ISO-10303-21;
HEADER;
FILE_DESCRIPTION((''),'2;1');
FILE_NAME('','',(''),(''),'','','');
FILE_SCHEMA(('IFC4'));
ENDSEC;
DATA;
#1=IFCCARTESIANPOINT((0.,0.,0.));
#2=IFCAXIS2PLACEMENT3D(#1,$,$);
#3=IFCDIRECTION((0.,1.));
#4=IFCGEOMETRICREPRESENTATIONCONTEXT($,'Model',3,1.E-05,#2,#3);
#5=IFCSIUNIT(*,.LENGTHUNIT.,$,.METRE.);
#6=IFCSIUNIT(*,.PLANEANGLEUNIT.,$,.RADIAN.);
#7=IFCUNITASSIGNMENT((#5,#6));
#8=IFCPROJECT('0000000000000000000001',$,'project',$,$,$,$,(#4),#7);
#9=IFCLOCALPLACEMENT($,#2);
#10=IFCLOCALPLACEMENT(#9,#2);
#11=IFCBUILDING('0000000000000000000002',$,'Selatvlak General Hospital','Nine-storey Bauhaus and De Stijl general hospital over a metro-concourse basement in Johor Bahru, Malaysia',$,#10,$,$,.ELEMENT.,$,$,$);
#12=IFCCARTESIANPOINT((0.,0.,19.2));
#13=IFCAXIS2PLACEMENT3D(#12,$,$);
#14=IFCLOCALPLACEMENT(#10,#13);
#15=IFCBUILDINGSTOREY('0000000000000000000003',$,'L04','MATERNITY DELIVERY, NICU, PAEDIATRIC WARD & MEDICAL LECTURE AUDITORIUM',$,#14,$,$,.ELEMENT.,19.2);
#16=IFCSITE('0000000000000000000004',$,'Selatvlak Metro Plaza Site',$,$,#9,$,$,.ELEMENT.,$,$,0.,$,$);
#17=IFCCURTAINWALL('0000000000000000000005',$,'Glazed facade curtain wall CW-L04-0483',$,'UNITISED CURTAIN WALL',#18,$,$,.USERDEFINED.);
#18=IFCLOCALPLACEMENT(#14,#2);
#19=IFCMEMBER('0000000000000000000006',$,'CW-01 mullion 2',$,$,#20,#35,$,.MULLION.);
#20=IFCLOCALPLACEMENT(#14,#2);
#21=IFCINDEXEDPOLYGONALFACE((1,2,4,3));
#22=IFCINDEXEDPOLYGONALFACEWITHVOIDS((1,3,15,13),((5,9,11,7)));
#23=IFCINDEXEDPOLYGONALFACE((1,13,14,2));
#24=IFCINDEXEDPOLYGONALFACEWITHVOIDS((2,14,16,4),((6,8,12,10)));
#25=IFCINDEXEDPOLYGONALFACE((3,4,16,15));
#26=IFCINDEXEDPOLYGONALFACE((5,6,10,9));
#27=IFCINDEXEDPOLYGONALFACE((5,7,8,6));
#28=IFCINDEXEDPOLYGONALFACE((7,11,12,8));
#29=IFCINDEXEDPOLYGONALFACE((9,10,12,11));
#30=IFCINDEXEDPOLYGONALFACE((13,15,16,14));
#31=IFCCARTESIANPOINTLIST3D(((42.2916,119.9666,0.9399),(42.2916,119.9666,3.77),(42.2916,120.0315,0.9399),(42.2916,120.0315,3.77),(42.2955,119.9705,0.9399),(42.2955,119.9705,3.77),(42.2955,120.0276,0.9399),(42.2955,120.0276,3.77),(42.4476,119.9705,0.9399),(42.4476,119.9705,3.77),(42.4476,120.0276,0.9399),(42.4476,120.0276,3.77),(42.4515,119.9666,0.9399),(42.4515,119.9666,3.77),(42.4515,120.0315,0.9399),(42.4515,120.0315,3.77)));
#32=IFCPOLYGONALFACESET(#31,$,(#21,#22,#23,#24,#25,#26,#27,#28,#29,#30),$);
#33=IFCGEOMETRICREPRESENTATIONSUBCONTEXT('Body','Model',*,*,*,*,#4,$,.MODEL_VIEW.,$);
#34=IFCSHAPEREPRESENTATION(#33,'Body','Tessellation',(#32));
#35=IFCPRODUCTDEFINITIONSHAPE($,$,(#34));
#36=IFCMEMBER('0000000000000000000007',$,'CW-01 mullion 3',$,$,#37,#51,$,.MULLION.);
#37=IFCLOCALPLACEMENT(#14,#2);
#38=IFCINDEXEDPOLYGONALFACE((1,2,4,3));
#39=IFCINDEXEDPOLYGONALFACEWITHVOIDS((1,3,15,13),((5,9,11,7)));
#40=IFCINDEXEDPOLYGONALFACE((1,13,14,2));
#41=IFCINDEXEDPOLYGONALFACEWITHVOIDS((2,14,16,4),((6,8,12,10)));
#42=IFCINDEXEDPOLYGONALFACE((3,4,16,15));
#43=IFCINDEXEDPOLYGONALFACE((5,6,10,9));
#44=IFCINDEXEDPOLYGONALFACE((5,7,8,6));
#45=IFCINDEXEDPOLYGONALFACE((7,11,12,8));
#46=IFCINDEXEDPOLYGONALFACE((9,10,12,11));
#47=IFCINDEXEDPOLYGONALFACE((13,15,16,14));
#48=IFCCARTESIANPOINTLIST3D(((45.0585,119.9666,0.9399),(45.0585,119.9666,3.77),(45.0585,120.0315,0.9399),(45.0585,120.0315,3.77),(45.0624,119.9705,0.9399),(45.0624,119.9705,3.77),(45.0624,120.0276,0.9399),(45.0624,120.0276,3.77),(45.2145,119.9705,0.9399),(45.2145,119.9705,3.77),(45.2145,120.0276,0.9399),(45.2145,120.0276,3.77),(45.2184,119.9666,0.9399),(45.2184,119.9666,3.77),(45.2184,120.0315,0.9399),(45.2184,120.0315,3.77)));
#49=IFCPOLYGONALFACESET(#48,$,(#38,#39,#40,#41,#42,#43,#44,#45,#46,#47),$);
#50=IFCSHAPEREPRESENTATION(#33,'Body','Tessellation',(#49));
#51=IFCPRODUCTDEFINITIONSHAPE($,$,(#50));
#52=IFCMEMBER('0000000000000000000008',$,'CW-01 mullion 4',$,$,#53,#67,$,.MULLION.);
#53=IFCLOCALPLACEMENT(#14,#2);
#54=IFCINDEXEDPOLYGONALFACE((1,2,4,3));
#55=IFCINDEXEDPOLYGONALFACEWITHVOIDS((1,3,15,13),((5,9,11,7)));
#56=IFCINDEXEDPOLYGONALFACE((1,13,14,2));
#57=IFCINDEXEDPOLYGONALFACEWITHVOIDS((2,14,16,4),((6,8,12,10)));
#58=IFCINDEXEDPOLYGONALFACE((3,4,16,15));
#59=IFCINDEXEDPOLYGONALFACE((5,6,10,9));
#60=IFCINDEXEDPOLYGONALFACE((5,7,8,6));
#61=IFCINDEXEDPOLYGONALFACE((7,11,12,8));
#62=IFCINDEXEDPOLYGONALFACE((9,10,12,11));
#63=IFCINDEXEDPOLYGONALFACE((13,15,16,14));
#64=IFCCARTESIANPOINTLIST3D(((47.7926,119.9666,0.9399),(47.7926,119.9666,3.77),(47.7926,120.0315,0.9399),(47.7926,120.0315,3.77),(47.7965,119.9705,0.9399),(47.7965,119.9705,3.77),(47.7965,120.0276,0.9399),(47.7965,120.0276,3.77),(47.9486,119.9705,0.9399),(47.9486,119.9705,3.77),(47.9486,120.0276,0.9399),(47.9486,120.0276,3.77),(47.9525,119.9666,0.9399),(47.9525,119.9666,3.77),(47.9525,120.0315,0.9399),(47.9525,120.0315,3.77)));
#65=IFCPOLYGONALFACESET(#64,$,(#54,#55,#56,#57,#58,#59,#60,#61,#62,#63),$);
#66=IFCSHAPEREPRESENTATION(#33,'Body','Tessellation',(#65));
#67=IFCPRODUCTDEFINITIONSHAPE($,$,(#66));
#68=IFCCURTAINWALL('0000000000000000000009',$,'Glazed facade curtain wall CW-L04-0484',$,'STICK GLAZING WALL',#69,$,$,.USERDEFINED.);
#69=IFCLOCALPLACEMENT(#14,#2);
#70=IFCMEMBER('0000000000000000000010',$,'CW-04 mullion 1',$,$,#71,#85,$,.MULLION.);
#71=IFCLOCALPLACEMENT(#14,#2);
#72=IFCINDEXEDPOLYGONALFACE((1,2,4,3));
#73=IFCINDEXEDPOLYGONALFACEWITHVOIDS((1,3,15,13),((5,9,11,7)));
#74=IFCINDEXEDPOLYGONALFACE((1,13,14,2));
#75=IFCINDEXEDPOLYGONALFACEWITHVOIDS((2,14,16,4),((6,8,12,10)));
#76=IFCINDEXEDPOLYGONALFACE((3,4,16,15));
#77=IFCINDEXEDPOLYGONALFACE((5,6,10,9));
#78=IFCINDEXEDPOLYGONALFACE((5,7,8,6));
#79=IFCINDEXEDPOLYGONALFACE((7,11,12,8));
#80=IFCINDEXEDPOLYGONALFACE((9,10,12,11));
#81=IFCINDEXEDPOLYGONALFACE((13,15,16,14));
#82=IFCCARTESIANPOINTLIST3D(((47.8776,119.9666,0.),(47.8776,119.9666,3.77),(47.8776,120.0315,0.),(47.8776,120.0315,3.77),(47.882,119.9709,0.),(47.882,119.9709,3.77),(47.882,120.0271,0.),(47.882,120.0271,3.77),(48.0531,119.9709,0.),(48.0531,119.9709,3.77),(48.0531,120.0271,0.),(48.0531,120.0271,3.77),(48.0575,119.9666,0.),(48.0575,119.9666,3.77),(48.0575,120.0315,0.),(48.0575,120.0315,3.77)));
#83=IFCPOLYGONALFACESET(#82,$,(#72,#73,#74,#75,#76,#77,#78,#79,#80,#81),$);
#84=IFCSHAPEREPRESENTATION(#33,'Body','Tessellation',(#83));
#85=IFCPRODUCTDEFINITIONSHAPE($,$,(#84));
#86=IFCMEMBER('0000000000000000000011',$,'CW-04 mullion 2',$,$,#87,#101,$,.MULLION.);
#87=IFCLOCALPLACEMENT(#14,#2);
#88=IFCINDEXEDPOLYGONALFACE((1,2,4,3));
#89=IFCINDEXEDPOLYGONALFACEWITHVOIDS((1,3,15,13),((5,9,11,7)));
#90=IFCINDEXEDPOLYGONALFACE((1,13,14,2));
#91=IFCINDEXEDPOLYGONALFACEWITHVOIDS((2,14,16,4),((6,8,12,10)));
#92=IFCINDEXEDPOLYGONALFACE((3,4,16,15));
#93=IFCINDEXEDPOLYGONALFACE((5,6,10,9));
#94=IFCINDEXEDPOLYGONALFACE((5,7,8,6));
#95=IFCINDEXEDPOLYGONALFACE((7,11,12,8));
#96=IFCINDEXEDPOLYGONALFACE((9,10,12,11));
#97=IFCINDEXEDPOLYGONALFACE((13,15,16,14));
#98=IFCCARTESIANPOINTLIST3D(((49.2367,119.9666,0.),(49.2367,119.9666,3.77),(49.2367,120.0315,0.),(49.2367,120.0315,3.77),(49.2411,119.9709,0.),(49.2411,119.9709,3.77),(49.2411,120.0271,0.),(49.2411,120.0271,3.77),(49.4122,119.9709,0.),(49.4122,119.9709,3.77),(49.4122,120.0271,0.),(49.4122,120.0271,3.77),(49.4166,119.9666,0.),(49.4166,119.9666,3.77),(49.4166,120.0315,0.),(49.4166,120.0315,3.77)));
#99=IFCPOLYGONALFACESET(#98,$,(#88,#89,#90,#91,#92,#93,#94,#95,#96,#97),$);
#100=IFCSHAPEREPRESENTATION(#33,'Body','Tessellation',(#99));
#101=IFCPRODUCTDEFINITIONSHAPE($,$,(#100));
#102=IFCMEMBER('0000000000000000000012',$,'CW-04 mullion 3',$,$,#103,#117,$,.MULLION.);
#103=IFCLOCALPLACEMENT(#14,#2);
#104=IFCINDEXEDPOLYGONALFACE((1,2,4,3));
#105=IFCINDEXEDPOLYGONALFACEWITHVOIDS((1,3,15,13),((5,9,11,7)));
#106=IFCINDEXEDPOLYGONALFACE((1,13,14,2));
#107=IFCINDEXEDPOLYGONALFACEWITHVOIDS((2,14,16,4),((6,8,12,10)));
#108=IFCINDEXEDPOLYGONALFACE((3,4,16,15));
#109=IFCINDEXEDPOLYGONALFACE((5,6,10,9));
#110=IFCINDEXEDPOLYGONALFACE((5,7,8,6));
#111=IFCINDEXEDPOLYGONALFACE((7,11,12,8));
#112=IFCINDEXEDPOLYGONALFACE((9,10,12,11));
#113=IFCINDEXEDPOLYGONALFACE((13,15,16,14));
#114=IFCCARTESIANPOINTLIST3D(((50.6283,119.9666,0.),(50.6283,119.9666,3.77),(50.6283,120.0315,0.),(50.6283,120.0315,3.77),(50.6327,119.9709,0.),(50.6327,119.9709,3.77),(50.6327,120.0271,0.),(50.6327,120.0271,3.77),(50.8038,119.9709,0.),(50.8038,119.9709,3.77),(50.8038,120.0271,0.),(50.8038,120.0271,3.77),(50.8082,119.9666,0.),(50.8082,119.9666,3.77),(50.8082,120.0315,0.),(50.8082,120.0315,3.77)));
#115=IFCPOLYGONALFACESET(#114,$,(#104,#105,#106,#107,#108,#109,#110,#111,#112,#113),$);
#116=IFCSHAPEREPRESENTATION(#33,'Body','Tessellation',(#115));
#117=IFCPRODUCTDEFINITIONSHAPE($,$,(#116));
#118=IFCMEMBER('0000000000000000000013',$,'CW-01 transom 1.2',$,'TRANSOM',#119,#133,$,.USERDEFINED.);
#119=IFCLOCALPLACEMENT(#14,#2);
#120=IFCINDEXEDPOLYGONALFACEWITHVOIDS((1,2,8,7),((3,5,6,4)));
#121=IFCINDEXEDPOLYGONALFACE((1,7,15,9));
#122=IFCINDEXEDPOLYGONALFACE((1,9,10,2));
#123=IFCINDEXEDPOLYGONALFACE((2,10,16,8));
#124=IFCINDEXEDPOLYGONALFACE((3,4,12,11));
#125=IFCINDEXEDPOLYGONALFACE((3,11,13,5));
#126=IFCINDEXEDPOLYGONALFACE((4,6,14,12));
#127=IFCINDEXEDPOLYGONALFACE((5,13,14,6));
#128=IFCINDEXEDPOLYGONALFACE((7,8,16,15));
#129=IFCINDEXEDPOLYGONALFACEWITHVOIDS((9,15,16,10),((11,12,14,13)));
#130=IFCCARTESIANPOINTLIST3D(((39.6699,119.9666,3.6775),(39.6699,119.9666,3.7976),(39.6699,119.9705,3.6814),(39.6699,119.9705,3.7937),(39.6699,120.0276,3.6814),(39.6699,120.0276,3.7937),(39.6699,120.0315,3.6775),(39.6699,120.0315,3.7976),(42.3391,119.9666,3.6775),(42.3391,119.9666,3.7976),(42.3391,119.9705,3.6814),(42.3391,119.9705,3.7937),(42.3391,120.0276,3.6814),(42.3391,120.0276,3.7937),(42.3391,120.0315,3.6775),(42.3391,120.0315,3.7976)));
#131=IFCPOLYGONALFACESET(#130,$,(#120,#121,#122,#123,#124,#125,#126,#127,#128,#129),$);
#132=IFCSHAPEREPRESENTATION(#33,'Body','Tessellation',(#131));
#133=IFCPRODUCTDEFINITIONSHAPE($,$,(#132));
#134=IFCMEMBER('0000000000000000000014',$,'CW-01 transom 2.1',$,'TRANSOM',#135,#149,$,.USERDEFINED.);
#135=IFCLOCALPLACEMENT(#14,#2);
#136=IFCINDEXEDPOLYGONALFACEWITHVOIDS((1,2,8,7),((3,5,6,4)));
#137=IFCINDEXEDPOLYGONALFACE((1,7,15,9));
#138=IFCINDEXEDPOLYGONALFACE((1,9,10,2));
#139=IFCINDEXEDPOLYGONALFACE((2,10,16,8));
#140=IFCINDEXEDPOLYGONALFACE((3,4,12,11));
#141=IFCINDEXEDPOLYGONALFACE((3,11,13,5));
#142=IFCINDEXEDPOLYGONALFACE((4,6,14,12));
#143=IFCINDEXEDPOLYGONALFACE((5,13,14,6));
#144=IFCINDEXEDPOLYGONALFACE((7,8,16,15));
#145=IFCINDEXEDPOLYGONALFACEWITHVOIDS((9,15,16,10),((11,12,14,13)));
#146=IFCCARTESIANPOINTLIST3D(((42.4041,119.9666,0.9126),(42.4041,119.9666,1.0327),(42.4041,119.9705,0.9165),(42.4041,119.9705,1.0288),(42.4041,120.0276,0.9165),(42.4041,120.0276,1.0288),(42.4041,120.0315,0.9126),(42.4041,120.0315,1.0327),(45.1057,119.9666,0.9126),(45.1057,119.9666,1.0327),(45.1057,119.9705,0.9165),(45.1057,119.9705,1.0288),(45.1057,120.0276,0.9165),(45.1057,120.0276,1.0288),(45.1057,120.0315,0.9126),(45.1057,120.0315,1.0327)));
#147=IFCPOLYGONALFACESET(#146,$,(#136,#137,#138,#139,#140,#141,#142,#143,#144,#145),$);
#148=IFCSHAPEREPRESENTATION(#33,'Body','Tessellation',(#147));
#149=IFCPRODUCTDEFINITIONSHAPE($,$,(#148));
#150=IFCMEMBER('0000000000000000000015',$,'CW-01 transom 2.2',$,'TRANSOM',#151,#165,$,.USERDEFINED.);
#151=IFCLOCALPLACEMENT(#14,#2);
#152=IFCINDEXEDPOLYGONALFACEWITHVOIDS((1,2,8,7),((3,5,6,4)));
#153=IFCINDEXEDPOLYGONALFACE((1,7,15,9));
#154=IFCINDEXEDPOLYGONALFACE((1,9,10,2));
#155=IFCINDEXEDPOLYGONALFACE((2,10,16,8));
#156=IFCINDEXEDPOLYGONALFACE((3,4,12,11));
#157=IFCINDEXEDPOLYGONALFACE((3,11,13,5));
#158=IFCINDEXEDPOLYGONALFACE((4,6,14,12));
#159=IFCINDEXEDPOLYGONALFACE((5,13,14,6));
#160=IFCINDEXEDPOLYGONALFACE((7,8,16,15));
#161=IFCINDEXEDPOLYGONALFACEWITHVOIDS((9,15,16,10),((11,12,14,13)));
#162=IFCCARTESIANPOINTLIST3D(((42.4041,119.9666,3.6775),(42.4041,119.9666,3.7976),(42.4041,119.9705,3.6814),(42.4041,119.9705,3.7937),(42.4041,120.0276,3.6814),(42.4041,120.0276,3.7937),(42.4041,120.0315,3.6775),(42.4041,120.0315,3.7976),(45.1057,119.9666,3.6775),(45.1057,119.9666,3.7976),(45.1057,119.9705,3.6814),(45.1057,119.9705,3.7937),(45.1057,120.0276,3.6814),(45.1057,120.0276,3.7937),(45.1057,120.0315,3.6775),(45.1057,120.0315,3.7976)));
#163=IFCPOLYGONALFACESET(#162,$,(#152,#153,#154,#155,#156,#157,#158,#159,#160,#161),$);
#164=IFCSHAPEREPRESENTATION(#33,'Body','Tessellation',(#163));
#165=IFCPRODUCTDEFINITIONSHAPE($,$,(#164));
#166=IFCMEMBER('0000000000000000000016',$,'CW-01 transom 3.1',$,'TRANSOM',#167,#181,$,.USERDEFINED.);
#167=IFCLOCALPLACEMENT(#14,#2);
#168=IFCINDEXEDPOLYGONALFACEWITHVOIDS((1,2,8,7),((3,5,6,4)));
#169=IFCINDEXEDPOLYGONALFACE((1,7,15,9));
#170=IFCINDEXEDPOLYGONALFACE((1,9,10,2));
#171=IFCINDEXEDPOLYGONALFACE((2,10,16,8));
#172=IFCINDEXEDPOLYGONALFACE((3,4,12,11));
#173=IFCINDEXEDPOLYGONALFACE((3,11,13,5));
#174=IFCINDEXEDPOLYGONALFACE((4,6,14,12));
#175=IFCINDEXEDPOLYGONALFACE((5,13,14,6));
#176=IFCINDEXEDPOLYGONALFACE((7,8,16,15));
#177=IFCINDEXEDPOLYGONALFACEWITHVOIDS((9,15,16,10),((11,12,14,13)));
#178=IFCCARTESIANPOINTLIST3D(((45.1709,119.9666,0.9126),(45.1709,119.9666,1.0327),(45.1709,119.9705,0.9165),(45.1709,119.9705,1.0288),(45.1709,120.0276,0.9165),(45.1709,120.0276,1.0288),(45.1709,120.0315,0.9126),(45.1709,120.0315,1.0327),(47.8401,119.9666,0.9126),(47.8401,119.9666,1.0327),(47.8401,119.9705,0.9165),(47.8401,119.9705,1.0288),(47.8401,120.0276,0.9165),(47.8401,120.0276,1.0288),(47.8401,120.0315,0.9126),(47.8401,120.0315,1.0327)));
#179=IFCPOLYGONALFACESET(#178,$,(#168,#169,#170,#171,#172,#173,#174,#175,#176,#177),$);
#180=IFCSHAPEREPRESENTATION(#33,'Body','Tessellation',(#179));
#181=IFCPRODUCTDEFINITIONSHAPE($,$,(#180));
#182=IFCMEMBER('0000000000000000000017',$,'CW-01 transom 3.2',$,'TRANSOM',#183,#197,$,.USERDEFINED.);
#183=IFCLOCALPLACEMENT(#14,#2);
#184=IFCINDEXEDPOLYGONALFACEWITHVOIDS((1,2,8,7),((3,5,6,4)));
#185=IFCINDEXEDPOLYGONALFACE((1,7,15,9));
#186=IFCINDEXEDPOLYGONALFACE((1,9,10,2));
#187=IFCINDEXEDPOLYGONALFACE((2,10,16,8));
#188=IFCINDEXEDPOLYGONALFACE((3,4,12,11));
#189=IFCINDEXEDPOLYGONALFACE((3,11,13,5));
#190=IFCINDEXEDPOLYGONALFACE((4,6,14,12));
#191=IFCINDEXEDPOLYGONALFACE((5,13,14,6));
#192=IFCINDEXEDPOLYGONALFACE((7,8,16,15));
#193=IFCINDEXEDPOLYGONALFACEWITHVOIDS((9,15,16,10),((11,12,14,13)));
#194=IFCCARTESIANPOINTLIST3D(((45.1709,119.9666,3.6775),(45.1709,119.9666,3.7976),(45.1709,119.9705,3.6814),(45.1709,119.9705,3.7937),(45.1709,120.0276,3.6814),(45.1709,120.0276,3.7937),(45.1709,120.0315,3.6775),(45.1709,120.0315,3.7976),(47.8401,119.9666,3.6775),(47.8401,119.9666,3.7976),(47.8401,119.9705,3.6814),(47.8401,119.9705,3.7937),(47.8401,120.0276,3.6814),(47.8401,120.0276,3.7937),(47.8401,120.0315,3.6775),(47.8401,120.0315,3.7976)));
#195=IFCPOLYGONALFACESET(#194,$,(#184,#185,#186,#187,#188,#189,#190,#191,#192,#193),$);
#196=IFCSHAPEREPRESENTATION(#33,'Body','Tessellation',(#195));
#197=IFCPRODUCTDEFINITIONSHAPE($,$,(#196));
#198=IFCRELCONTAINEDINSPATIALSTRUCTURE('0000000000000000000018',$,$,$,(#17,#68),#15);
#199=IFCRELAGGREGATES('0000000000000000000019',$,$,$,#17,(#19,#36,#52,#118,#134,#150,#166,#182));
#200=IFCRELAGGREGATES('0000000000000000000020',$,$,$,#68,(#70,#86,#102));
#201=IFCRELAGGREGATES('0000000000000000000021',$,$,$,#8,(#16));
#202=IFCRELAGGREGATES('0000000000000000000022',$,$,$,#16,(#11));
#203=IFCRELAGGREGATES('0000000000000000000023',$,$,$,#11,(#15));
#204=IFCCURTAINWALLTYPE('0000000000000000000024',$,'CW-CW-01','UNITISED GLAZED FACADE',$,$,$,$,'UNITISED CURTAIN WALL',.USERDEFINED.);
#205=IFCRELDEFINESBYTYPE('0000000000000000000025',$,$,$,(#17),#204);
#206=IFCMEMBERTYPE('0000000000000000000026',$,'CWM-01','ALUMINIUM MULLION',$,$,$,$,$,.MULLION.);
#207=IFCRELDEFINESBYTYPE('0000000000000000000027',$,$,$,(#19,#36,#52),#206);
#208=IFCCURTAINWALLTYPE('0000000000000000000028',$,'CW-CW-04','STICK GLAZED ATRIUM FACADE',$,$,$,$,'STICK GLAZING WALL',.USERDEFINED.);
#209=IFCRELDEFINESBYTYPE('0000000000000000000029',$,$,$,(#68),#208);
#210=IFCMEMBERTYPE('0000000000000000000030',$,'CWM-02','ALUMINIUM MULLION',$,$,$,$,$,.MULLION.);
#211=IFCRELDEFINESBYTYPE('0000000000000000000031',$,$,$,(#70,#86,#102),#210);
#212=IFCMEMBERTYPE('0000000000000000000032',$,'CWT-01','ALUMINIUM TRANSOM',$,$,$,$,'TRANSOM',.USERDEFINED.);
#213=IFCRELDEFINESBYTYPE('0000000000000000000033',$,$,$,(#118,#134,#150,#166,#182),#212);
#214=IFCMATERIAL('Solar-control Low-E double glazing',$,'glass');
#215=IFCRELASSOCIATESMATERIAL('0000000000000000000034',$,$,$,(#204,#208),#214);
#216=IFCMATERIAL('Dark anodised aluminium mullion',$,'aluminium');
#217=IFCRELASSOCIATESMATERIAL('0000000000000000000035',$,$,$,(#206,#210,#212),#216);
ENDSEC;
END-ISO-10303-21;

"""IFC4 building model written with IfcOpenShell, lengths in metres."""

from ifc_helpers import new_model, si_unit, direction, frame, origin, origin_2d, place, context, subcontext, project, spatial, hollow_rectangle, extrude, material, material_profile, profile_set, type_object, element, aggregate, save


model = new_model("IFC4")

# Units and contexts
model_context = context("Model", 3, precision=1e-05, world=origin(), true_north=direction((0.0, 1.0)))
body_context = subcontext(model_context, "Body", "Model", "MODEL_VIEW")
ifc_project = project(units=[si_unit("LENGTHUNIT", "METRE"), si_unit("PLANEANGLEUNIT", "RADIAN")], contexts=[model_context])

# Site, building, storey
site_placement = place(None, origin())
site = spatial("IfcSite", under=ifc_project, at=site_placement, Name="Selatvlak Metro Plaza Site", CompositionType="ELEMENT", RefElevation=0.0)
building_placement = place(site_placement, origin())
building = spatial("IfcBuilding", under=site, at=building_placement, Name="Selatvlak General Hospital", Description="Nine-storey Bauhaus and De Stijl general hospital over a metro-concourse basement in Johor Bahru, Malaysia", CompositionType="ELEMENT")
storey_placement = place(building_placement, frame((0.0, 0.0, 19.2)))
storey = spatial("IfcBuildingStorey", under=building, at=storey_placement, Name="L04", Description="MATERNITY DELIVERY, NICU, PAEDIATRIC WARD & MEDICAL LECTURE AUDITORIUM", CompositionType="ELEMENT", Elevation=19.2)

# Curtain walls, members
ifc_material_1 = material(Name="Solar-control Low-E double glazing", Category="glass")
curtain_wall_type_1 = type_object("IfcCurtainWallType", Name="CW-CW-01", Description="UNITISED GLAZED FACADE", ElementType="UNITISED CURTAIN WALL", PredefinedType="USERDEFINED", material=ifc_material_1)
curtain_wall_1_placement = place(storey_placement, origin())
curtain_wall_1 = element("IfcCurtainWall", 1, at=curtain_wall_1_placement, inside=storey, type_object=curtain_wall_type_1, Name="Glazed facade curtain wall CW-L04-0483", ObjectType="UNITISED CURTAIN WALL", PredefinedType="USERDEFINED")
ifc_material_2 = material(Name="Dark anodised aluminium mullion", Category="aluminium")
ifc_material_profile_1 = material_profile(ifc_material_2, hollow_rectangle(XDim=0.0649, YDim=0.1599, WallThickness=0.0039, at=origin_2d()), Name="AL-MUL 65x160x4")
ifc_profile_set_1 = profile_set([ifc_material_profile_1], Name="Dark anodised aluminium mullion")
member_type_1 = type_object("IfcMemberType", Name="CWM-01", Description="ALUMINIUM MULLION", PredefinedType="MULLION", material=ifc_profile_set_1)
member_1_placement = place(storey_placement, frame((42.3716, 119.999, 0.9399), z_axis=(0.0, 0.0, 1.0), x_axis=(0.0, 1.0, 0.0)))
member_1 = element("IfcMember", 2, at=member_1_placement, type_object=member_type_1, Name="CW-01 mullion 2", PredefinedType="MULLION", context=body_context, shape_type="SweptSolid", body=[
    extrude(hollow_rectangle(XDim=0.0649, YDim=0.1599, WallThickness=0.0039, at=origin_2d()), origin(), (0.0, 0.0, 1.0), 2.8301),
])
member_2_placement = place(storey_placement, frame((45.1384, 119.999, 0.9399), z_axis=(0.0, 0.0, 1.0), x_axis=(0.0, 1.0, 0.0)))
member_2 = element("IfcMember", 3, at=member_2_placement, type_object=member_type_1, Name="CW-01 mullion 3", PredefinedType="MULLION", context=body_context, shape_type="SweptSolid", body=[
    extrude(hollow_rectangle(XDim=0.0649, YDim=0.1599, WallThickness=0.0039, at=origin_2d()), origin(), (0.0, 0.0, 1.0), 2.8301),
])
member_3_placement = place(storey_placement, frame((47.8726, 119.999, 0.9399), z_axis=(0.0, 0.0, 1.0), x_axis=(0.0, 1.0, 0.0)))
member_3 = element("IfcMember", 4, at=member_3_placement, type_object=member_type_1, Name="CW-01 mullion 4", PredefinedType="MULLION", context=body_context, shape_type="SweptSolid", body=[
    extrude(hollow_rectangle(XDim=0.0649, YDim=0.1599, WallThickness=0.0039, at=origin_2d()), origin(), (0.0, 0.0, 1.0), 2.8301),
])
curtain_wall_type_2 = type_object("IfcCurtainWallType", Name="CW-CW-04", Description="STICK GLAZED ATRIUM FACADE", ElementType="STICK GLAZING WALL", PredefinedType="USERDEFINED", material=ifc_material_1)
curtain_wall_2_placement = place(storey_placement, origin())
curtain_wall_2 = element("IfcCurtainWall", 5, at=curtain_wall_2_placement, inside=storey, type_object=curtain_wall_type_2, Name="Glazed facade curtain wall CW-L04-0484", ObjectType="STICK GLAZING WALL", PredefinedType="USERDEFINED")
ifc_material_profile_2 = material_profile(ifc_material_2, hollow_rectangle(XDim=0.0649, YDim=0.1799, WallThickness=0.0044, at=origin_2d()), Name="AL-MUL 65x180x4.5")
ifc_profile_set_2 = profile_set([ifc_material_profile_2], Name="Dark anodised aluminium mullion")
member_type_2 = type_object("IfcMemberType", Name="CWM-02", Description="ALUMINIUM MULLION", PredefinedType="MULLION", material=ifc_profile_set_2)
member_4_placement = place(storey_placement, frame((47.9675, 119.999, 0.0), z_axis=(0.0, 0.0, 1.0), x_axis=(0.0, 1.0, 0.0)))
member_4 = element("IfcMember", 6, at=member_4_placement, type_object=member_type_2, Name="CW-04 mullion 1", PredefinedType="MULLION", context=body_context, shape_type="SweptSolid", body=[
    extrude(hollow_rectangle(XDim=0.0649, YDim=0.1799, WallThickness=0.0044, at=origin_2d()), origin(), (0.0, 0.0, 1.0), 3.77),
])
member_5_placement = place(storey_placement, frame((49.3267, 119.999, 0.0), z_axis=(0.0, 0.0, 1.0), x_axis=(0.0, 1.0, 0.0)))
member_5 = element("IfcMember", 7, at=member_5_placement, type_object=member_type_2, Name="CW-04 mullion 2", PredefinedType="MULLION", context=body_context, shape_type="SweptSolid", body=[
    extrude(hollow_rectangle(XDim=0.0649, YDim=0.1799, WallThickness=0.0044, at=origin_2d()), origin(), (0.0, 0.0, 1.0), 3.77),
])
member_6_placement = place(storey_placement, frame((50.7183, 119.999, 0.0), z_axis=(0.0, 0.0, 1.0), x_axis=(0.0, 1.0, 0.0)))
member_6 = element("IfcMember", 8, at=member_6_placement, type_object=member_type_2, Name="CW-04 mullion 3", PredefinedType="MULLION", context=body_context, shape_type="SweptSolid", body=[
    extrude(hollow_rectangle(XDim=0.0649, YDim=0.1799, WallThickness=0.0044, at=origin_2d()), origin(), (0.0, 0.0, 1.0), 3.77),
])

# Members
ifc_material_profile_3 = material_profile(ifc_material_2, hollow_rectangle(XDim=0.0649, YDim=0.1201, WallThickness=0.0039, at=origin_2d()), Name="AL-TRN 65x120x4")
ifc_profile_set_3 = profile_set([ifc_material_profile_3], Name="Dark anodised aluminium mullion")
member_type_3 = type_object("IfcMemberType", Name="CWT-01", Description="ALUMINIUM TRANSOM", ElementType="TRANSOM", PredefinedType="USERDEFINED", material=ifc_profile_set_3)
member_7_placement = place(storey_placement, frame((39.6699, 119.999, 3.7375), z_axis=(1.0, 0.0, 0.0), x_axis=(0.0, 1.0, 0.0)))
member_7 = element("IfcMember", 9, at=member_7_placement, type_object=member_type_3, Name="CW-01 transom 1.2", ObjectType="TRANSOM", PredefinedType="USERDEFINED", context=body_context, shape_type="SweptSolid", body=[
    extrude(hollow_rectangle(XDim=0.0649, YDim=0.1201, WallThickness=0.0039, at=origin_2d()), origin(), (0.0, 0.0, 1.0), 2.6692),
])
member_8_placement = place(storey_placement, frame((42.4041, 119.999, 0.9727), z_axis=(1.0, 0.0, 0.0), x_axis=(0.0, 1.0, 0.0)))
member_8 = element("IfcMember", 10, at=member_8_placement, type_object=member_type_3, Name="CW-01 transom 2.1", ObjectType="TRANSOM", PredefinedType="USERDEFINED", context=body_context, shape_type="SweptSolid", body=[
    extrude(hollow_rectangle(XDim=0.0649, YDim=0.1201, WallThickness=0.0039, at=origin_2d()), origin(), (0.0, 0.0, 1.0), 2.7017),
])
member_9_placement = place(storey_placement, frame((42.4041, 119.999, 3.7375), z_axis=(1.0, 0.0, 0.0), x_axis=(0.0, 1.0, 0.0)))
member_9 = element("IfcMember", 11, at=member_9_placement, type_object=member_type_3, Name="CW-01 transom 2.2", ObjectType="TRANSOM", PredefinedType="USERDEFINED", context=body_context, shape_type="SweptSolid", body=[
    extrude(hollow_rectangle(XDim=0.0649, YDim=0.1201, WallThickness=0.0039, at=origin_2d()), origin(), (0.0, 0.0, 1.0), 2.7017),
])
member_10_placement = place(storey_placement, frame((45.1709, 119.999, 0.9727), z_axis=(1.0, 0.0, 0.0), x_axis=(0.0, 1.0, 0.0)))
member_10 = element("IfcMember", 12, at=member_10_placement, type_object=member_type_3, Name="CW-01 transom 3.1", ObjectType="TRANSOM", PredefinedType="USERDEFINED", context=body_context, shape_type="SweptSolid", body=[
    extrude(hollow_rectangle(XDim=0.0649, YDim=0.1201, WallThickness=0.0039, at=origin_2d()), origin(), (0.0, 0.0, 1.0), 2.6692),
])
member_11_placement = place(storey_placement, frame((45.1709, 119.999, 3.7375), z_axis=(1.0, 0.0, 0.0), x_axis=(0.0, 1.0, 0.0)))
member_11 = element("IfcMember", 13, at=member_11_placement, type_object=member_type_3, Name="CW-01 transom 3.2", ObjectType="TRANSOM", PredefinedType="USERDEFINED", context=body_context, shape_type="SweptSolid", body=[
    extrude(hollow_rectangle(XDim=0.0649, YDim=0.1201, WallThickness=0.0039, at=origin_2d()), origin(), (0.0, 0.0, 1.0), 2.6692),
])

aggregate(curtain_wall_1, [member_1, member_2, member_3, member_7, member_8, member_9, member_10, member_11])
aggregate(curtain_wall_2, [member_4, member_5, member_6])

save(model, "model.ifc")
